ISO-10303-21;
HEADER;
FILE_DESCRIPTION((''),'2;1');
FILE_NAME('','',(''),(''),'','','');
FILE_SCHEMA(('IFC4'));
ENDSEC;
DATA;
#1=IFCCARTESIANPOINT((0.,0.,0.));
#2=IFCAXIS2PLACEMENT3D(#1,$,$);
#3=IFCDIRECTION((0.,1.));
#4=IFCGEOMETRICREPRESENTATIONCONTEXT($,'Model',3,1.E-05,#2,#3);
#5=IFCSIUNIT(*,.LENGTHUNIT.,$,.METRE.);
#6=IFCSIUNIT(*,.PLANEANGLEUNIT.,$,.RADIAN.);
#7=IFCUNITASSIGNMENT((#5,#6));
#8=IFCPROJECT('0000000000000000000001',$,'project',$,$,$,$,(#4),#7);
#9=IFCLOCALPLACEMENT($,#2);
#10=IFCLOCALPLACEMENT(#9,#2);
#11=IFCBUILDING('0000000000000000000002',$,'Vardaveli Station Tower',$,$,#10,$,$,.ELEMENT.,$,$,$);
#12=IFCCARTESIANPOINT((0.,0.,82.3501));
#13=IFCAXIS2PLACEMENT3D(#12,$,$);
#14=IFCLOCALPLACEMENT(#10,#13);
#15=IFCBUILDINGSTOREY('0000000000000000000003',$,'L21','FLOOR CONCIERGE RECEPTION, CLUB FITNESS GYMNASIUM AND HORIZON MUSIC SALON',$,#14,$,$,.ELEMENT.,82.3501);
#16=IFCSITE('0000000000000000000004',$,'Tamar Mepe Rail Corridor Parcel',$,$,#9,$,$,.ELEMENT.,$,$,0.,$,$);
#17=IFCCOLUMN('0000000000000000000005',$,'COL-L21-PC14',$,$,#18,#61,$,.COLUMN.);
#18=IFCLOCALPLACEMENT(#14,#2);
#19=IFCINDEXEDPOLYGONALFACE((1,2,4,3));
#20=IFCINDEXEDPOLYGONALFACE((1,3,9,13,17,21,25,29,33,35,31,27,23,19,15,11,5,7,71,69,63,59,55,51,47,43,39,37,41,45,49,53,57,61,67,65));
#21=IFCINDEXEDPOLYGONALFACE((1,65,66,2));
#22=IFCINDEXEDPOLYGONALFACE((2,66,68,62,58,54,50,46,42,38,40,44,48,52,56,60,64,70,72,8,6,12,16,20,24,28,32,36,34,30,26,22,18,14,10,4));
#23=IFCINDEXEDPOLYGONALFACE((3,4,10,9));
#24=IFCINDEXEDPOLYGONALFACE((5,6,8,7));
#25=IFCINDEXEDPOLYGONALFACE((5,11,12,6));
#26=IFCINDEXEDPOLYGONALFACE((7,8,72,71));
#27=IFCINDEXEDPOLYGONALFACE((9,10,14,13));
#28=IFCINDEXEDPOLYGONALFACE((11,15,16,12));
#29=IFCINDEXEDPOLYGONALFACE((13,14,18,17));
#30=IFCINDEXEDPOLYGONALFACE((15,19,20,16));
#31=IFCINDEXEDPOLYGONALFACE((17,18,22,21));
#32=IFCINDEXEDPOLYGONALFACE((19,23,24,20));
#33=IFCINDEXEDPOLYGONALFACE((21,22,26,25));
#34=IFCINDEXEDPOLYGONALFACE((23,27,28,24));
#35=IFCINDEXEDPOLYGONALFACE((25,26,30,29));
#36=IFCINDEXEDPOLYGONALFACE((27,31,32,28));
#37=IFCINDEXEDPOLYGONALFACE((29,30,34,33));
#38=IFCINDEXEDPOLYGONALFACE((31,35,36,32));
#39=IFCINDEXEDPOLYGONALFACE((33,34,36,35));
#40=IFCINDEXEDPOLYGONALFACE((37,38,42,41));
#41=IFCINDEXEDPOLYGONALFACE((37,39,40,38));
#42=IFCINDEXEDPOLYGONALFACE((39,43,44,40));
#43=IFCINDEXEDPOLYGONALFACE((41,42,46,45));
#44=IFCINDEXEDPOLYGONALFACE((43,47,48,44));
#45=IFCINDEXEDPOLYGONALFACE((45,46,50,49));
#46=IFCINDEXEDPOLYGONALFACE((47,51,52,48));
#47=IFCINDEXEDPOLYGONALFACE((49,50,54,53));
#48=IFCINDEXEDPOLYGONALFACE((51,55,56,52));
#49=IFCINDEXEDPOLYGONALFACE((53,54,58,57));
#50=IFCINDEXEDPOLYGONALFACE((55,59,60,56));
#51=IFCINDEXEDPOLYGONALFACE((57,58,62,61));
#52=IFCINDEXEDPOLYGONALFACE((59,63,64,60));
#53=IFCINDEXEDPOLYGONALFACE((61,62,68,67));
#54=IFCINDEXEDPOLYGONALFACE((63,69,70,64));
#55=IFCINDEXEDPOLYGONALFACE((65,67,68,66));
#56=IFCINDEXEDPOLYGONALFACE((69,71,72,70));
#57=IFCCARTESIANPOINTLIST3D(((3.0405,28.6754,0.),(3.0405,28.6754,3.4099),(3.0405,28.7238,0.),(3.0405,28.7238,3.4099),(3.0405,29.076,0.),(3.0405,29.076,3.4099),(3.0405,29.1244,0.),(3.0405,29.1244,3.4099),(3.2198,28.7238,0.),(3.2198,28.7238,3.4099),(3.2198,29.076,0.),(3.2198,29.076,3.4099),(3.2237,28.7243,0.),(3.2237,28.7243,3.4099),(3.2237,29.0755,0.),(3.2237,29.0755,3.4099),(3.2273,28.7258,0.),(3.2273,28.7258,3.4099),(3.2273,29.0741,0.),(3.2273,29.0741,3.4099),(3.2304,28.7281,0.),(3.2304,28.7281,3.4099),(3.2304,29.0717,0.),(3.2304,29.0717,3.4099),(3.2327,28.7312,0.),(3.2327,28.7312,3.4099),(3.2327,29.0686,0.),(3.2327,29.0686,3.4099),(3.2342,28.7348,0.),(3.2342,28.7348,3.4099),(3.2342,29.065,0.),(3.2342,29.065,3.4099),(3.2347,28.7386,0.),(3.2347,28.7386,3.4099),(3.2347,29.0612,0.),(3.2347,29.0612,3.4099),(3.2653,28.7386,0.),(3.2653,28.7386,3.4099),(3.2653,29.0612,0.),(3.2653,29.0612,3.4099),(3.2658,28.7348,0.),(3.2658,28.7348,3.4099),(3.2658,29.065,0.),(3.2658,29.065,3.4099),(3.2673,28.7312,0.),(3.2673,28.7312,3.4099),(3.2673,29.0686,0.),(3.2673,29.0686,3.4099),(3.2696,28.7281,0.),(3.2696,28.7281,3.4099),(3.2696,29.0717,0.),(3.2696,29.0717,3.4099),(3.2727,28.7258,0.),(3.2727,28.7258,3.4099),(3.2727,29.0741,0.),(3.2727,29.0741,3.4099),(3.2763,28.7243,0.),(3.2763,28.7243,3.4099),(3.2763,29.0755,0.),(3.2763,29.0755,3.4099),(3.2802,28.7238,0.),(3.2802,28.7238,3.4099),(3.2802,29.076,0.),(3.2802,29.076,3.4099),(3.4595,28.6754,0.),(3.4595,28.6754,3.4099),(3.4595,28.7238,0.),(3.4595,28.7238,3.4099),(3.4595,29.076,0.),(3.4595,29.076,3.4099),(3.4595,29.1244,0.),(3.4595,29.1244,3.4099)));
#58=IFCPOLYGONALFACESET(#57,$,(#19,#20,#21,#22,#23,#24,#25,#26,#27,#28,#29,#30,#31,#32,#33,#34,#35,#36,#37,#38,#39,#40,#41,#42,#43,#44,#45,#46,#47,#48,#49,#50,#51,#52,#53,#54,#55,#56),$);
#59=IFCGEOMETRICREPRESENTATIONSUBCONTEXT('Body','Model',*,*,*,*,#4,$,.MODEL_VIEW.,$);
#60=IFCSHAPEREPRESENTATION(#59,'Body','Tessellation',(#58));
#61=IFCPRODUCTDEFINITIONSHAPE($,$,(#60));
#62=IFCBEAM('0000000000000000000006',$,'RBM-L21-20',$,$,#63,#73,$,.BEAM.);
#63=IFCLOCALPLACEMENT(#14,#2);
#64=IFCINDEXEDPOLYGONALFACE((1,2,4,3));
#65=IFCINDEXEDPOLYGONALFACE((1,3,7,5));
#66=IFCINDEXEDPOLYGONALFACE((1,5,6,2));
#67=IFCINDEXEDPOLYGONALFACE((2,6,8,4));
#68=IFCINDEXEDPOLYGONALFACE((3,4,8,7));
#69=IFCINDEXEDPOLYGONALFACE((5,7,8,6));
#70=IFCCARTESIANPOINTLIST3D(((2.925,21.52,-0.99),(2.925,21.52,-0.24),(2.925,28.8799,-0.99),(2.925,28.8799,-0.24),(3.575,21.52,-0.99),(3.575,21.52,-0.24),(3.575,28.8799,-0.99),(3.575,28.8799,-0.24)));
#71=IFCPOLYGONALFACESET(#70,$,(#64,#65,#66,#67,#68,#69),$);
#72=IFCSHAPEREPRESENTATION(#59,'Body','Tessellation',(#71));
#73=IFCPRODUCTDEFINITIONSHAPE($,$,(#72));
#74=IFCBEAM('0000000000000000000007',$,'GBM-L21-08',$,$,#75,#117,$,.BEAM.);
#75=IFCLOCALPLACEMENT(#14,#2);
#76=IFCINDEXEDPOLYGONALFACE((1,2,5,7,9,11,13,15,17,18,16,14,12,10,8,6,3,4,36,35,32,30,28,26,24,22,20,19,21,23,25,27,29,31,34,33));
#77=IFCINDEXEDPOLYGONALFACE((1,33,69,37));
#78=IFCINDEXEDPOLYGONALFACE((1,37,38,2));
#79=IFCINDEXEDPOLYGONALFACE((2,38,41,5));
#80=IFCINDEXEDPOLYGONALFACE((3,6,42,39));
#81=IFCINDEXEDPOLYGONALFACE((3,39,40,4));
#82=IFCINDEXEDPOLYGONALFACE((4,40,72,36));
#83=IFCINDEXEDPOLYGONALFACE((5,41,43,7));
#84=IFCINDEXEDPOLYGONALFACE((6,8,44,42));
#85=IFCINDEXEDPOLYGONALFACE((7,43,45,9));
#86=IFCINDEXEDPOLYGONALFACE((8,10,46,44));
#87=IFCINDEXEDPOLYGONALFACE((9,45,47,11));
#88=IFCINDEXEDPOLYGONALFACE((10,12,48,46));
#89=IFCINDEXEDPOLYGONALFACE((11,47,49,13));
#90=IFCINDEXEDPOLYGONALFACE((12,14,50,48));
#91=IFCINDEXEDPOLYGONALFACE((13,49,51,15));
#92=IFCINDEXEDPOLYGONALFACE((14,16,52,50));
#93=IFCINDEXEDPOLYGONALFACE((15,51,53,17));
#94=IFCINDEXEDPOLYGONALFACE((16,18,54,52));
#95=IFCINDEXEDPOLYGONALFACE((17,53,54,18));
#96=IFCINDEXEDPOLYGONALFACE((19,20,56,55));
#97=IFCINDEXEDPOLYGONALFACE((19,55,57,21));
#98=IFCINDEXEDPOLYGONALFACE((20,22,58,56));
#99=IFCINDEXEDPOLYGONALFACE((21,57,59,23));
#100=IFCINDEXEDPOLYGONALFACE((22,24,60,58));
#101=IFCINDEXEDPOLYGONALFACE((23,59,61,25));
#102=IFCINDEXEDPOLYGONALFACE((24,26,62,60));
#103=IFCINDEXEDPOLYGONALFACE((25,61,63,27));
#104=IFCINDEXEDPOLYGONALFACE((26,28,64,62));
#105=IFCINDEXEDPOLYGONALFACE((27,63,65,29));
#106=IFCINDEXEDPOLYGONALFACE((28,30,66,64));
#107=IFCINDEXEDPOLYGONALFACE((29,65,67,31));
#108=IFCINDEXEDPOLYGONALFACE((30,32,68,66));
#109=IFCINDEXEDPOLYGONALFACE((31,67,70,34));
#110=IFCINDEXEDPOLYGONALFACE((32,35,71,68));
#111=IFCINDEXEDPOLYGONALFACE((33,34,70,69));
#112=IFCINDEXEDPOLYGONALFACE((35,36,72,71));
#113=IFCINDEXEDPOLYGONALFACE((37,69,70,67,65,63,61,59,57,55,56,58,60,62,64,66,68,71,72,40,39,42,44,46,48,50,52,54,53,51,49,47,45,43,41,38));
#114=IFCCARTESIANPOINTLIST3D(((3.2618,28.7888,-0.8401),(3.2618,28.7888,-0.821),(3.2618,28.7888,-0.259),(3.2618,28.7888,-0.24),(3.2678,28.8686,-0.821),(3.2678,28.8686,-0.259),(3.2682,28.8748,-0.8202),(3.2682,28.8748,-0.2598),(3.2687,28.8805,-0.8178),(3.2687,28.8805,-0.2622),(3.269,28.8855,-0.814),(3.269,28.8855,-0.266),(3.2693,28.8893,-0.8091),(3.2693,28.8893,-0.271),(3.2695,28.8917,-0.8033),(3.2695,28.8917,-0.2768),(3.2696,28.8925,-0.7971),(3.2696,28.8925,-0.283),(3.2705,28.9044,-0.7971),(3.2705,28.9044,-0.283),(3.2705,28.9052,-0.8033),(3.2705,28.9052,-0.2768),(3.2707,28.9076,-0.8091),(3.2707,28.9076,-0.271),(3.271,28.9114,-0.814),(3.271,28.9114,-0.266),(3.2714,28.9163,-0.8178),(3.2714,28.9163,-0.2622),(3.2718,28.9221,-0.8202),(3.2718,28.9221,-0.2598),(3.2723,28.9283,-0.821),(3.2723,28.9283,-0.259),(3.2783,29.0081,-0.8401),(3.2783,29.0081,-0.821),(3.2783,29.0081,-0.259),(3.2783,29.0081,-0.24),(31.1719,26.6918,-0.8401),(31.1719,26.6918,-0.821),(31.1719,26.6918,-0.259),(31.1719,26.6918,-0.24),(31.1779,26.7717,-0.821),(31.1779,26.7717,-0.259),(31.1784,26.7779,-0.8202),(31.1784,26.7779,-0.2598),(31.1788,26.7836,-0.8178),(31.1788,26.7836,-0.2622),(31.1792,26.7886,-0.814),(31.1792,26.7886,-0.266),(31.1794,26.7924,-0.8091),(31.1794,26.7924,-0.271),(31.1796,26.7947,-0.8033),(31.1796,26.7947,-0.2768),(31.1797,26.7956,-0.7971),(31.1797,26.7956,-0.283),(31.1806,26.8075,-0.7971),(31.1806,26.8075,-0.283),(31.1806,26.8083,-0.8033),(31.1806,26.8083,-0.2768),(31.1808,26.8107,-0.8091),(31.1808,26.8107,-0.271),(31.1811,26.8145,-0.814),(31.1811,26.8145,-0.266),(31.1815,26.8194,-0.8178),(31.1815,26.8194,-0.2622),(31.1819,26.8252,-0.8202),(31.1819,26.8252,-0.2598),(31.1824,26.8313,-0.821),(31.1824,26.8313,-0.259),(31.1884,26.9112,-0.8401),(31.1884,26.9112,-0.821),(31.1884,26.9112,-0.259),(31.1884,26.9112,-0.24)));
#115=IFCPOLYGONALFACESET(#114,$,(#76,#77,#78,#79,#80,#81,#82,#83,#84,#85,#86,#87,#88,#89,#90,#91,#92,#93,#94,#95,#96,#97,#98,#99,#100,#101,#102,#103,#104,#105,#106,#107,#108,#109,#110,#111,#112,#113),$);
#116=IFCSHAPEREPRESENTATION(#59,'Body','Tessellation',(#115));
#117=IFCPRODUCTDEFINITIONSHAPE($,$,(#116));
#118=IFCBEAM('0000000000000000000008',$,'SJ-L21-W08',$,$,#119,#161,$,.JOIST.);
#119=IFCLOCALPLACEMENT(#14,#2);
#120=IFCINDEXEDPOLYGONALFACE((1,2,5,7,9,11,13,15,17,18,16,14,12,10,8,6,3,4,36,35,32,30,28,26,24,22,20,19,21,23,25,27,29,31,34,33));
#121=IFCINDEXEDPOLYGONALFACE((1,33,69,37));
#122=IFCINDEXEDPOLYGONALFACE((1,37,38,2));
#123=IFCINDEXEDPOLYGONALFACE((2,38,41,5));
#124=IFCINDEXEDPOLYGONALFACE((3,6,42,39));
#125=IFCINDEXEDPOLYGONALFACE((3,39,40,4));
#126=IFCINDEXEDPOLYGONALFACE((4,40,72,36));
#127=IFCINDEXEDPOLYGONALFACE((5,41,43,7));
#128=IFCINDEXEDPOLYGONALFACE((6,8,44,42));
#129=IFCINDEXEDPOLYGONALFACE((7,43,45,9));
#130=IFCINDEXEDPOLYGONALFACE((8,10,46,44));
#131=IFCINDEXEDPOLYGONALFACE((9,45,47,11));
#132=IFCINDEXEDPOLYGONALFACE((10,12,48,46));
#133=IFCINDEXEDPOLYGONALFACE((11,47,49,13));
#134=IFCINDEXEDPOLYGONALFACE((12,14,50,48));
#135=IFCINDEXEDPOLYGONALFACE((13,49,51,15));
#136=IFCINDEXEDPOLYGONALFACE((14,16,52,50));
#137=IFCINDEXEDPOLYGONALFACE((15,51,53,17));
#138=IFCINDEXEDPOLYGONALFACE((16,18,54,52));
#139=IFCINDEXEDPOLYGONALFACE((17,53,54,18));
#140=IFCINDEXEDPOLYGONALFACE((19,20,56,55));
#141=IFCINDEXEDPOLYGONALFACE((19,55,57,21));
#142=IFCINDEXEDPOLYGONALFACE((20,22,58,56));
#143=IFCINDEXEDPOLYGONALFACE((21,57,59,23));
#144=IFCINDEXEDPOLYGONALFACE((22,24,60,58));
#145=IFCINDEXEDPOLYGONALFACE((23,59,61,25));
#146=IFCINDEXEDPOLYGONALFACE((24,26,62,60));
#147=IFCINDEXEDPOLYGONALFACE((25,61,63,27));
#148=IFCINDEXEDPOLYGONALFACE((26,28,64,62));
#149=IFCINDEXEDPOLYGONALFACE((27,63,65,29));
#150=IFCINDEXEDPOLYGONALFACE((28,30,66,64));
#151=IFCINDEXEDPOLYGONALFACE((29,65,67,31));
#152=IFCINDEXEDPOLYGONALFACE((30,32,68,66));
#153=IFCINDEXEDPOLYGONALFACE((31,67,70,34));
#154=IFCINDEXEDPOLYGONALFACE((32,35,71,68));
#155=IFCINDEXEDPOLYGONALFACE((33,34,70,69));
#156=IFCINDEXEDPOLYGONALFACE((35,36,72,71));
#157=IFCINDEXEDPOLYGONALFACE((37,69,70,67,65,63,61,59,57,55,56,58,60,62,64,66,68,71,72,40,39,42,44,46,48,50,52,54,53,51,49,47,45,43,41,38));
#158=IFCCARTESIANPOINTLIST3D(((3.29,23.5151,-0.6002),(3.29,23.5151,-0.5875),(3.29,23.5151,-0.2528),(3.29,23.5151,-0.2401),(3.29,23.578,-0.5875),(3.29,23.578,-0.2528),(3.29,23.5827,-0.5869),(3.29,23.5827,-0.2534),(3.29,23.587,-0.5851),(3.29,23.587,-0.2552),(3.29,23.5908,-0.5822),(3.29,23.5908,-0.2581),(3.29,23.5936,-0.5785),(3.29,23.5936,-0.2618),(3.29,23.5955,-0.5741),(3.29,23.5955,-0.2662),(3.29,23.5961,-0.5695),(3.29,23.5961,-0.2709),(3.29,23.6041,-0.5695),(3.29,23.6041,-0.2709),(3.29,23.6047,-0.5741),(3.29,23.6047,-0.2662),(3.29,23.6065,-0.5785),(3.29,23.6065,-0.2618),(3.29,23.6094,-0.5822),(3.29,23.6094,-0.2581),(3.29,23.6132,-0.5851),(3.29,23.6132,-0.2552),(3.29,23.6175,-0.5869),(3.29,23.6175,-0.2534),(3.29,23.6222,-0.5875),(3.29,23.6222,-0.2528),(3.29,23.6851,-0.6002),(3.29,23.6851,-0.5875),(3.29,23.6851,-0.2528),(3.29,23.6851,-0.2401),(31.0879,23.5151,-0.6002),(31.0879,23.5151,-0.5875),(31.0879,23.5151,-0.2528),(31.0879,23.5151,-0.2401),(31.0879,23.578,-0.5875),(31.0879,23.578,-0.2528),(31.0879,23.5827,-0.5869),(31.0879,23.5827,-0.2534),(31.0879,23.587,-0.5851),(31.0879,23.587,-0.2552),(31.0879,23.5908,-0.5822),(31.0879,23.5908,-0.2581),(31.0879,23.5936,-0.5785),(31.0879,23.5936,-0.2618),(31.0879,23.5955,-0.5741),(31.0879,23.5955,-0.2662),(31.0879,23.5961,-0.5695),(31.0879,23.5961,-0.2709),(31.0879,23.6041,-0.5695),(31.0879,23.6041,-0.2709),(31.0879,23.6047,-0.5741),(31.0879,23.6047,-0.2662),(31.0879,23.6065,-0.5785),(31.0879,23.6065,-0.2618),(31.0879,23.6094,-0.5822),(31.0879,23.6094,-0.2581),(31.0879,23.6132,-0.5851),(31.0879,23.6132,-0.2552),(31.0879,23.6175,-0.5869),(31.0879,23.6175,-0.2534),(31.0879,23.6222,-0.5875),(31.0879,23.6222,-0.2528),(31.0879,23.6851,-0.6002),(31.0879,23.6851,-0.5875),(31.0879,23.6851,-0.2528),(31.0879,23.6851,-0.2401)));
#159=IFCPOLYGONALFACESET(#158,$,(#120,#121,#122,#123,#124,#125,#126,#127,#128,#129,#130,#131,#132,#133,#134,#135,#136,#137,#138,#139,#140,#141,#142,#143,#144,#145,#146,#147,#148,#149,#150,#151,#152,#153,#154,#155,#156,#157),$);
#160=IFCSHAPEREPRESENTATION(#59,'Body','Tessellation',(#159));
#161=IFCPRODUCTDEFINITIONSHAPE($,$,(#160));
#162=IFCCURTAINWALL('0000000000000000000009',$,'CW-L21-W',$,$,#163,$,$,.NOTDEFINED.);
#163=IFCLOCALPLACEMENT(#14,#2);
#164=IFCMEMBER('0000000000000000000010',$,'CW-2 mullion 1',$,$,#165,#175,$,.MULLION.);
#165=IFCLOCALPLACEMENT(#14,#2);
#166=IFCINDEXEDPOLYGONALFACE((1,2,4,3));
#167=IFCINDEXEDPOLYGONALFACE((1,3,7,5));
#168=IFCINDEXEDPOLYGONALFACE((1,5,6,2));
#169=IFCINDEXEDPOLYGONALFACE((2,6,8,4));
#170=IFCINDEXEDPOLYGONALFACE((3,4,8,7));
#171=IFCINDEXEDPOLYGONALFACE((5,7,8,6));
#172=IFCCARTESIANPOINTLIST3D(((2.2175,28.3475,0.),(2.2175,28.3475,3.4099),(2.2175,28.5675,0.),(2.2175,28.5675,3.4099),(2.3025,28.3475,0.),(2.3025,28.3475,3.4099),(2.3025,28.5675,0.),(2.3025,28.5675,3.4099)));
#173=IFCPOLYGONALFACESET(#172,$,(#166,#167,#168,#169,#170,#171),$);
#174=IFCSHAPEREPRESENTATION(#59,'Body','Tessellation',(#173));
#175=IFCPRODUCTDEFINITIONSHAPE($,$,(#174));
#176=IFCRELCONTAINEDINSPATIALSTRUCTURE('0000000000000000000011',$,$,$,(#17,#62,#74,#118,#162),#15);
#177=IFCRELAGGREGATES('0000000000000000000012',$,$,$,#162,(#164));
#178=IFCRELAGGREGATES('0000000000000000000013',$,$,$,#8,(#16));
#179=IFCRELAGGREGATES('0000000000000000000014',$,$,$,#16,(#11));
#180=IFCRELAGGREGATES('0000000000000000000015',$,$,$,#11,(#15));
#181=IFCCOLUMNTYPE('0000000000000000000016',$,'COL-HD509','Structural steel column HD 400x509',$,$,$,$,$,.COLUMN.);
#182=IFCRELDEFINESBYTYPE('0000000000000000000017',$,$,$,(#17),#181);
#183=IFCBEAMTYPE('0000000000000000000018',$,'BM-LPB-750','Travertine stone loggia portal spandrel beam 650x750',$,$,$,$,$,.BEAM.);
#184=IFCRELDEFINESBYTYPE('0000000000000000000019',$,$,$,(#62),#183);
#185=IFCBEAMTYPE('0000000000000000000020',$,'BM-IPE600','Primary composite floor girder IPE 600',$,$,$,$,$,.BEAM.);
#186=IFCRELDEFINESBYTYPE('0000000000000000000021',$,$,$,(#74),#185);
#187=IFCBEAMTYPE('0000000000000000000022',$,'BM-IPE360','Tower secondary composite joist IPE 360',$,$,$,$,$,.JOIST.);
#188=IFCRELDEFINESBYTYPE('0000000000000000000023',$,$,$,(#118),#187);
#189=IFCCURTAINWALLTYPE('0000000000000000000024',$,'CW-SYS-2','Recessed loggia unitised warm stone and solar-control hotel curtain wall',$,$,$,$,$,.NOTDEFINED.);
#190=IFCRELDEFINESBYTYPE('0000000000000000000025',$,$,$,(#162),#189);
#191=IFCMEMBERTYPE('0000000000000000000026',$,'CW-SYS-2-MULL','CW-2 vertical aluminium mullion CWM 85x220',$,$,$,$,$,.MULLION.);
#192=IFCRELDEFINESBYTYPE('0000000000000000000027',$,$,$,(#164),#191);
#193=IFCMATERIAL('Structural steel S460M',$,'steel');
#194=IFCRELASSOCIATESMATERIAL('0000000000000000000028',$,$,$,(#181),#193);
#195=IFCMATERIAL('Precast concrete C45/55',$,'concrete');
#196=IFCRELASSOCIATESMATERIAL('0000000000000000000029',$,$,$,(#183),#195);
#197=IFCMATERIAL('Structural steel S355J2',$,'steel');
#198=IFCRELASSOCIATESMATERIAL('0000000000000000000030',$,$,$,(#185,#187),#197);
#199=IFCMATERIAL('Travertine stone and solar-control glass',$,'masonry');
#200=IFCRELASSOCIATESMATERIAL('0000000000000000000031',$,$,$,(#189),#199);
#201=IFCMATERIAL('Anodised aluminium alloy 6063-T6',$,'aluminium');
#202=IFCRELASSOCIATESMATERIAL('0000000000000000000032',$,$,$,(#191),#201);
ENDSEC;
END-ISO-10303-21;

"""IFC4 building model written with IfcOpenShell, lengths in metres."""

from ifc_helpers import new_model, si_unit, direction, frame, origin, origin_2d, place, context, subcontext, project, spatial, rectangle, i_section, extrude, source, transform, mapped, material, material_profile, profile_set, type_object, element, aggregate, save


model = new_model("IFC4")

# Units and contexts
model_context = context("Model", 3, precision=1e-05, world=origin(), true_north=direction((0.0, 1.0)))
body_context = subcontext(model_context, "Body", "Model", "MODEL_VIEW")
ifc_project = project(units=[si_unit("LENGTHUNIT", "METRE"), si_unit("PLANEANGLEUNIT", "RADIAN")], contexts=[model_context])

# Site, building, storey
site_placement = place(None, origin())
site = spatial("IfcSite", under=ifc_project, at=site_placement, Name="Tamar Mepe Rail Corridor Parcel", CompositionType="ELEMENT", RefElevation=0.0)
building_placement = place(site_placement, origin())
building = spatial("IfcBuilding", under=site, at=building_placement, Name="Vardaveli Station Tower", CompositionType="ELEMENT")
storey_placement = place(building_placement, frame((0.0, 0.0, 82.3501)))
storey = spatial("IfcBuildingStorey", under=building, at=storey_placement, Name="L21", Description="FLOOR CONCIERGE RECEPTION, CLUB FITNESS GYMNASIUM AND HORIZON MUSIC SALON", CompositionType="ELEMENT", Elevation=82.3501)

# Column
ifc_material_1 = material(Name="Structural steel S460M", Category="steel")
ifc_material_profile_1 = material_profile(ifc_material_1, i_section(OverallWidth=0.4189, OverallDepth=0.449, WebThickness=0.0305, FlangeThickness=0.0483, FilletRadius=0.0149, at=origin_2d()), Name="HD 400x509")
ifc_profile_set_1 = profile_set([ifc_material_profile_1], Name="Structural steel S460M")
column_type = type_object("IfcColumnType", Name="COL-HD509", Description="Structural steel column HD 400x509", PredefinedType="COLUMN", material=ifc_profile_set_1)
shared_shape_1 = source(origin(), body_context, "Body", "SweptSolid", [
    extrude(i_section(OverallWidth=0.4189, OverallDepth=0.449, WebThickness=0.0305, FlangeThickness=0.0483, FilletRadius=0.0149, at=origin_2d()), origin(), (0.0, 0.0, 1.0), 3.4099),
])
column_placement = place(storey_placement, frame((3.25, 28.8999, 0.0), z_axis=(0.0, 0.0, 1.0), x_axis=(1.0, 0.0, 0.0)))
element("IfcColumn", 1, at=column_placement, inside=storey, type_object=column_type, Name="COL-L21-PC14", PredefinedType="COLUMN", context=body_context, shape_type="MappedRepresentation", body=[
    mapped(shared_shape_1, transform((0.0, 0.0, 0.0), scale=1.0)),
])

# Beams
ifc_material_2 = material(Name="Precast concrete C45/55", Category="concrete")
ifc_material_profile_2 = material_profile(ifc_material_2, rectangle(XDim=0.6499, YDim=0.75, at=origin_2d()), Name="LPB 650x750")
ifc_profile_set_2 = profile_set([ifc_material_profile_2], Name="Precast concrete C45/55")
beam_type_1 = type_object("IfcBeamType", Name="BM-LPB-750", Description="Travertine stone loggia portal spandrel beam 650x750", PredefinedType="BEAM", material=ifc_profile_set_2)
shared_shape_2 = source(origin(), body_context, "Body", "SweptSolid", [
    extrude(rectangle(XDim=0.6499, YDim=0.75, at=origin_2d()), origin(), (0.0, 0.0, 1.0), 7.3599),
])
beam_1_placement = place(storey_placement, frame((3.25, 28.8799, -0.615), z_axis=(0.0, -1.0, 0.0), x_axis=(1.0, 0.0, 0.0)))
element("IfcBeam", 2, at=beam_1_placement, inside=storey, type_object=beam_type_1, Name="RBM-L21-20", PredefinedType="BEAM", context=body_context, shape_type="MappedRepresentation", body=[
    mapped(shared_shape_2, transform((0.0, 0.0, 0.0), scale=1.0)),
])
ifc_material_3 = material(Name="Structural steel S355J2", Category="steel")
ifc_material_profile_3 = material_profile(ifc_material_3, i_section(OverallWidth=0.22, OverallDepth=0.6001, WebThickness=0.012, FlangeThickness=0.019, FilletRadius=0.0239, at=origin_2d()), Name="IPE 600")
ifc_profile_set_3 = profile_set([ifc_material_profile_3], Name="Structural steel S355J2")
beam_type_2 = type_object("IfcBeamType", Name="BM-IPE600", Description="Primary composite floor girder IPE 600", PredefinedType="BEAM", material=ifc_profile_set_3)
shared_shape_3 = source(origin(), body_context, "Body", "SweptSolid", [
    extrude(i_section(OverallWidth=0.22, OverallDepth=0.6001, WebThickness=0.012, FlangeThickness=0.019, FilletRadius=0.0239, at=origin_2d()), origin(), (0.0, 0.0, 1.0), 27.9888),
])
beam_2_placement = place(storey_placement, frame((3.27, 28.8984, -0.54), z_axis=(0.99719, -0.07492, 0.0), x_axis=(0.07492, 0.99719, 0.0)))
element("IfcBeam", 3, at=beam_2_placement, inside=storey, type_object=beam_type_2, Name="GBM-L21-08", PredefinedType="BEAM", context=body_context, shape_type="MappedRepresentation", body=[
    mapped(shared_shape_3, transform((0.0, 0.0, 0.0), scale=1.0)),
])
ifc_material_profile_4 = material_profile(ifc_material_3, i_section(OverallWidth=0.1699, OverallDepth=0.3601, WebThickness=0.0081, FlangeThickness=0.0127, FilletRadius=0.0181, at=origin_2d()), Name="IPE 360")
ifc_profile_set_4 = profile_set([ifc_material_profile_4], Name="Structural steel S355J2")
beam_type_3 = type_object("IfcBeamType", Name="BM-IPE360", Description="Tower secondary composite joist IPE 360", PredefinedType="JOIST", material=ifc_profile_set_4)
shared_shape_4 = source(origin(), body_context, "Body", "SweptSolid", [
    extrude(i_section(OverallWidth=0.1699, OverallDepth=0.3601, WebThickness=0.0081, FlangeThickness=0.0127, FilletRadius=0.0181, at=origin_2d()), origin(), (0.0, 0.0, 1.0), 27.7979),
])
beam_3_placement = place(storey_placement, frame((3.29, 23.6001, -0.4202), z_axis=(1.0, 0.0, 0.0), x_axis=(0.0, 1.0, 0.0)))
element("IfcBeam", 4, at=beam_3_placement, inside=storey, type_object=beam_type_3, Name="SJ-L21-W08", PredefinedType="JOIST", context=body_context, shape_type="MappedRepresentation", body=[
    mapped(shared_shape_4, transform((0.0, 0.0, 0.0), scale=1.0)),
])

# Curtain wall, member
ifc_material_4 = material(Name="Travertine stone and solar-control glass", Category="masonry")
curtain_wall_type = type_object("IfcCurtainWallType", Name="CW-SYS-2", Description="Recessed loggia unitised warm stone and solar-control hotel curtain wall", PredefinedType="NOTDEFINED", material=ifc_material_4)
curtain_wall_placement = place(storey_placement, origin())
curtain_wall = element("IfcCurtainWall", 5, at=curtain_wall_placement, inside=storey, type_object=curtain_wall_type, Name="CW-L21-W", PredefinedType="NOTDEFINED")
ifc_material_5 = material(Name="Anodised aluminium alloy 6063-T6", Category="aluminium")
ifc_material_profile_5 = material_profile(ifc_material_5, rectangle(XDim=0.085, YDim=0.22, at=origin_2d()), Name="CWM 85x220")
ifc_profile_set_5 = profile_set([ifc_material_profile_5], Name="Anodised aluminium alloy 6063-T6")
member_type_1 = type_object("IfcMemberType", Name="CW-SYS-2-MULL", Description="CW-2 vertical aluminium mullion CWM 85x220", PredefinedType="MULLION", material=ifc_profile_set_5)
shared_shape_5 = source(origin(), body_context, "Body", "SweptSolid", [
    extrude(rectangle(XDim=0.085, YDim=0.22, at=origin_2d()), origin(), (0.0, 0.0, 1.0), 3.4099),
])
member_1_placement = place(storey_placement, frame((2.26, 28.4575, 0.0), z_axis=(0.0, 0.0, 1.0), x_axis=(1.0, 0.0, 0.0)))
member_1 = element("IfcMember", 6, at=member_1_placement, type_object=member_type_1, Name="CW-2 mullion 1", PredefinedType="MULLION", context=body_context, shape_type="MappedRepresentation", body=[
    mapped(shared_shape_5, transform((0.0, 0.0, 0.0), scale=1.0)),
])
aggregate(curtain_wall, [member_1])

save(model, "model.ifc")
